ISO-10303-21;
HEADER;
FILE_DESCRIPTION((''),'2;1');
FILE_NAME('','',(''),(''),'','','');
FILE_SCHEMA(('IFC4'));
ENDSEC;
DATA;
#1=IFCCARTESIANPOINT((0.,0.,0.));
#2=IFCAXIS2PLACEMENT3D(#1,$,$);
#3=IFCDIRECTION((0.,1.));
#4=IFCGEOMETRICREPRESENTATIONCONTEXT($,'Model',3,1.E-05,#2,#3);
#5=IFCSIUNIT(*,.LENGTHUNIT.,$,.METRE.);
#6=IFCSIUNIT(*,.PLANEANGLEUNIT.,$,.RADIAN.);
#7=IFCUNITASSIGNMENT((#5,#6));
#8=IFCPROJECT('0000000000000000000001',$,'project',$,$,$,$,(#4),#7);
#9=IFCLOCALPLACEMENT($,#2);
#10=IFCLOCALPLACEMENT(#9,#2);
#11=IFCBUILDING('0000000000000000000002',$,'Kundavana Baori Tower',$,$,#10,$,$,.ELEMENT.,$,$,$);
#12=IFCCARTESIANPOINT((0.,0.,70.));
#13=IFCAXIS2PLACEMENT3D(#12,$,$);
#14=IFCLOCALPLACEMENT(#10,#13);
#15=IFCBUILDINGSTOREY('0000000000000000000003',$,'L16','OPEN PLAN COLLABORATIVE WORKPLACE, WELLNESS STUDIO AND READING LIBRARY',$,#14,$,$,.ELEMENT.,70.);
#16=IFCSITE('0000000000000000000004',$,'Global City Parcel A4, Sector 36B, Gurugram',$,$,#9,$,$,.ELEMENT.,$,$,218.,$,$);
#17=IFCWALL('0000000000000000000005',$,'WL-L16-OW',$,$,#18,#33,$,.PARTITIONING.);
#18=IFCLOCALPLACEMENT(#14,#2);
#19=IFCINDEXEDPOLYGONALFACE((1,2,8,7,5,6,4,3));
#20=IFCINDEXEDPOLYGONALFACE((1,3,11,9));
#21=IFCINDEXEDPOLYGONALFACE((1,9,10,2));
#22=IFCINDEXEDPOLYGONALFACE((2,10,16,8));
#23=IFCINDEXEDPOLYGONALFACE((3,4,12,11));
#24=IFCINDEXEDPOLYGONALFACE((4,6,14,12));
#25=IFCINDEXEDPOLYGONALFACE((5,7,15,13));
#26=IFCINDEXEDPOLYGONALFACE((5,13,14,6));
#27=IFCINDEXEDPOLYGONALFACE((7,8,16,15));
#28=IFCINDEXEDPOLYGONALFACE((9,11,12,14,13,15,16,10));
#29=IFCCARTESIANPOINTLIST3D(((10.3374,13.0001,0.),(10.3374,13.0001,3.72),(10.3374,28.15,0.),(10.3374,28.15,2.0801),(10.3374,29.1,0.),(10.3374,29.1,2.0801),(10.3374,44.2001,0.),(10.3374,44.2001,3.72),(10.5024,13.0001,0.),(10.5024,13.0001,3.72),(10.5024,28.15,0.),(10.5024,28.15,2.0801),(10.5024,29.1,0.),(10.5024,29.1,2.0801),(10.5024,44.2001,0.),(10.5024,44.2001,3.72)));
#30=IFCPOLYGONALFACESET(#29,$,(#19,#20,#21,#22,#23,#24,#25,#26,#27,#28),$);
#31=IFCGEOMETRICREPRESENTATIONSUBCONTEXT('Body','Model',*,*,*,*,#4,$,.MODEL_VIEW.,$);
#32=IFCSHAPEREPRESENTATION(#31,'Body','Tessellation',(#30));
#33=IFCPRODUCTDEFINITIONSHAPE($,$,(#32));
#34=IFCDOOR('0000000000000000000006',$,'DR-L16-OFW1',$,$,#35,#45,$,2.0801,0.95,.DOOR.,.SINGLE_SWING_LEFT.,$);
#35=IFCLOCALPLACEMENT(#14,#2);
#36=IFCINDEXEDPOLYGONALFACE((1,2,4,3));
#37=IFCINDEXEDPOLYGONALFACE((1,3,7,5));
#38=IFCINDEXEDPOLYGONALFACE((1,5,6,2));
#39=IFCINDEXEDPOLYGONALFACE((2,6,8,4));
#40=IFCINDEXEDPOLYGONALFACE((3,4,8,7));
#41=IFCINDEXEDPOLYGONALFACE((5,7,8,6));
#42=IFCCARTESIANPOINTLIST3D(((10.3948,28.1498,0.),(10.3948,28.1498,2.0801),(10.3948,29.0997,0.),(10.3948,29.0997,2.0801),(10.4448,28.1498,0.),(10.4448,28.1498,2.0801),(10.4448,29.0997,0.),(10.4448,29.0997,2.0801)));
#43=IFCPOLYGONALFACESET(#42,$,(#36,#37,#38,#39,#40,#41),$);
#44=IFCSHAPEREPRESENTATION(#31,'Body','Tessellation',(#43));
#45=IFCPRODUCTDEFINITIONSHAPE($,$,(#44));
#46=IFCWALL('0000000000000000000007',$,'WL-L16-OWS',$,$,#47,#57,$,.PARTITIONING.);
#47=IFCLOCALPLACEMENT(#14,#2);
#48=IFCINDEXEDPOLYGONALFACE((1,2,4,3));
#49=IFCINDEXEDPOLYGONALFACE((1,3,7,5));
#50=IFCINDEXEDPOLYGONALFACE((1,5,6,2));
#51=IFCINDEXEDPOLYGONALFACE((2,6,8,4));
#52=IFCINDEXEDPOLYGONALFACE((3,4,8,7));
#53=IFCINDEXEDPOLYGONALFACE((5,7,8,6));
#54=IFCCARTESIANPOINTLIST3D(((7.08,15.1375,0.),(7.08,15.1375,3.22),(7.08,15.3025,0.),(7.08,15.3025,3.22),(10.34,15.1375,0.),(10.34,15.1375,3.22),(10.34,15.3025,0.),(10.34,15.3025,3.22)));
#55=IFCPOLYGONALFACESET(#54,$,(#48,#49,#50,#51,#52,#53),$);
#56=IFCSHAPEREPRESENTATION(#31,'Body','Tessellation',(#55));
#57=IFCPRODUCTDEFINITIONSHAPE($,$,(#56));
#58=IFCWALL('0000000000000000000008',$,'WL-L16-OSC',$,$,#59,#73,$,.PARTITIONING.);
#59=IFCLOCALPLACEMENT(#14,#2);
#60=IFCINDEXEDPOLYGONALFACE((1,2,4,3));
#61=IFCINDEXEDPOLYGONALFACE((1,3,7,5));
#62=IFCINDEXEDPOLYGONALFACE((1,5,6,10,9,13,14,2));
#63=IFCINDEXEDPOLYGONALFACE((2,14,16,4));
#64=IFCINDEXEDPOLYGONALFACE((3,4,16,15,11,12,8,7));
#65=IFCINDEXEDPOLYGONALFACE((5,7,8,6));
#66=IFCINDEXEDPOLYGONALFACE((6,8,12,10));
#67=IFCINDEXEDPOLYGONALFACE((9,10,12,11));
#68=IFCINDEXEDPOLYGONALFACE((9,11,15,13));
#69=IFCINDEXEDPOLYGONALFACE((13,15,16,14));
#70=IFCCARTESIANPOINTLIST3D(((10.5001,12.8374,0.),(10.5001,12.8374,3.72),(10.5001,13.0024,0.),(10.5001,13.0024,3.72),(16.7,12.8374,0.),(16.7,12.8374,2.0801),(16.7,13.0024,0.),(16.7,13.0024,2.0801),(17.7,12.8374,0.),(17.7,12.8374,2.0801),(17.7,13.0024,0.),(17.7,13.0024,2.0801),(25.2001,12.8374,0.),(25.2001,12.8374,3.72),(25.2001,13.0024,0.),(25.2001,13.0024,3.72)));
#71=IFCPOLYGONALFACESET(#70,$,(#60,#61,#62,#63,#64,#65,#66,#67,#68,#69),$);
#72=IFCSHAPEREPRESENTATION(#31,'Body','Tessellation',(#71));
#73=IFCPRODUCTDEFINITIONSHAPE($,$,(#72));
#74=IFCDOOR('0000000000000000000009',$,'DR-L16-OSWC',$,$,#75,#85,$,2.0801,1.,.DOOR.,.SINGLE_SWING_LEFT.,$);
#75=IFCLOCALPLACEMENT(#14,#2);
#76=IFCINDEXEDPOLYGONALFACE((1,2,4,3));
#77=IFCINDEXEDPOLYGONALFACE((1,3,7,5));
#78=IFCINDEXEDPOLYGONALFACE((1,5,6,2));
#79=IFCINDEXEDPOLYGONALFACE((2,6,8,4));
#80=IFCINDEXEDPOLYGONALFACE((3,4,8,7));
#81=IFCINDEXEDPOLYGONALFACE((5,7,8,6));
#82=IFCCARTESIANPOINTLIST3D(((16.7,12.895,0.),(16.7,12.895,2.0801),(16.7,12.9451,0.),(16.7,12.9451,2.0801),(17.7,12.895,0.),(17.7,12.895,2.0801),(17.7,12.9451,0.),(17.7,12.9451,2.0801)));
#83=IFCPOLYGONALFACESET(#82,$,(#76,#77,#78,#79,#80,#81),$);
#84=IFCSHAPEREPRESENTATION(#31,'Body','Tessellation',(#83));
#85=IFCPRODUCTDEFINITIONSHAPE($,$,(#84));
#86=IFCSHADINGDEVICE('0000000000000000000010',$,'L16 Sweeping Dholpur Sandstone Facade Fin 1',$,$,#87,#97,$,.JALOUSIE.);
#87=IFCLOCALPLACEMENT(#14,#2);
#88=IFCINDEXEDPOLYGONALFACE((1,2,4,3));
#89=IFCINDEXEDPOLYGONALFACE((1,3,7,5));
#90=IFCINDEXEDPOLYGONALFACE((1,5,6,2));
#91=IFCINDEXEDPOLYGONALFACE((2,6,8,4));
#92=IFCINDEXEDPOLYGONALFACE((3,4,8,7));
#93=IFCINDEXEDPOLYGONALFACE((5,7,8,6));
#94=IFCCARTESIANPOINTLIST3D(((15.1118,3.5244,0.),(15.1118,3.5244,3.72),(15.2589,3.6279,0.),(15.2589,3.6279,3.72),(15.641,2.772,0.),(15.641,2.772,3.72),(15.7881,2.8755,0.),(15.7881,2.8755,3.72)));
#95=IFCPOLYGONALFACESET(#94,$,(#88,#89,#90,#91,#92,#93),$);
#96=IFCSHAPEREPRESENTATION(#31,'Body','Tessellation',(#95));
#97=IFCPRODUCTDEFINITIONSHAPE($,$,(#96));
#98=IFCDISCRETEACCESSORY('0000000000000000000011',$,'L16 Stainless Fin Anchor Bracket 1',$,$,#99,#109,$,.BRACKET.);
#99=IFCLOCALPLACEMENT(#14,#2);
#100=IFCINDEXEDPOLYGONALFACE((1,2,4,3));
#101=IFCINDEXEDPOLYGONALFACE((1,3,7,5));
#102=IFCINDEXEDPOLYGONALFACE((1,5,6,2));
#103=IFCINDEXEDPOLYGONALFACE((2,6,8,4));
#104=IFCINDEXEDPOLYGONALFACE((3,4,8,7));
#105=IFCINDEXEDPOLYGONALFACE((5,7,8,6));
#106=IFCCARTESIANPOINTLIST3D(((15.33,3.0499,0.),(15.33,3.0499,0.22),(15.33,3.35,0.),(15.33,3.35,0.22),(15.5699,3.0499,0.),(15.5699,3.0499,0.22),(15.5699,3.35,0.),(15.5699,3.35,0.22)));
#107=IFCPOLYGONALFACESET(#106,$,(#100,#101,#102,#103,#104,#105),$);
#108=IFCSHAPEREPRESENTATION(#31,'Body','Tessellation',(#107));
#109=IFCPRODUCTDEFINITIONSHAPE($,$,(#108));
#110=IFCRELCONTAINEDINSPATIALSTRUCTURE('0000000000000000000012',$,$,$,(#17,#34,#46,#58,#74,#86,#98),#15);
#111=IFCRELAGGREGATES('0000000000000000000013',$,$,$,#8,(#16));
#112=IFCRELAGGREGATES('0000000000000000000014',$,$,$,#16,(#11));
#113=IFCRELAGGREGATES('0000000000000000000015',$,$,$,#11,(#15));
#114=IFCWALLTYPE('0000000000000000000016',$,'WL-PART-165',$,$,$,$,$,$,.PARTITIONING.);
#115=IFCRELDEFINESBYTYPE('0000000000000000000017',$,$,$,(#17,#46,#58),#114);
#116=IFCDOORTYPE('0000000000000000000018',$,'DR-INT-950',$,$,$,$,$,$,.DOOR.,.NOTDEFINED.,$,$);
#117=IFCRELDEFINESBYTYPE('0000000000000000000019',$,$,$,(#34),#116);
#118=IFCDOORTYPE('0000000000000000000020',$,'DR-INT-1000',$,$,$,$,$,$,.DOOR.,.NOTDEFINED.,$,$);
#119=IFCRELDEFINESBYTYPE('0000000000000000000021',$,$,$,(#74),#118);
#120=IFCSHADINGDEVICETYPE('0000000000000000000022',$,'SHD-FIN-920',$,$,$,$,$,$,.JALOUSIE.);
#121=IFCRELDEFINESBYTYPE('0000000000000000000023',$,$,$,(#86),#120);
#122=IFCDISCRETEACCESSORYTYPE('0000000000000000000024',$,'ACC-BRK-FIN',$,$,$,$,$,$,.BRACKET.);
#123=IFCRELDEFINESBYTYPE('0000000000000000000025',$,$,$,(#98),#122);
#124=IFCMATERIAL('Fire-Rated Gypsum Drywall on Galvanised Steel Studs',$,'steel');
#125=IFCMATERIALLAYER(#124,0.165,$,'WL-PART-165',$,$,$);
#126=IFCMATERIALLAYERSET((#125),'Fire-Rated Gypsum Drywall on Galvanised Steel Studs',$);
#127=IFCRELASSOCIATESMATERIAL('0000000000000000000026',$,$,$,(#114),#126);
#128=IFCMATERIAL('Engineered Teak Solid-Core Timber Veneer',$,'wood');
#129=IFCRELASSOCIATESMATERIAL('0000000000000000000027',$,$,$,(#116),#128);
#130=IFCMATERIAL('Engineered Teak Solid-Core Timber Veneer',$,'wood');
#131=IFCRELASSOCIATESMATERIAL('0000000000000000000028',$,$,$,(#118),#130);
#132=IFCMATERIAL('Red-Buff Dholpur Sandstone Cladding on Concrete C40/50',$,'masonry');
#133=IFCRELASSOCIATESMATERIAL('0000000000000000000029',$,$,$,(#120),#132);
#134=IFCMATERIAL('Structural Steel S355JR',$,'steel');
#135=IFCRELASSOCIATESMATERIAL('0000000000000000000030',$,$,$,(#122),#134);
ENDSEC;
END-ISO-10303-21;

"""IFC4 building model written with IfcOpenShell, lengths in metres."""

from ifc_helpers import new_model, si_unit, direction, frame, frame_2d, origin, origin_2d, place, context, subcontext, project, spatial, rectangle, extrude, material, layer, layer_set, type_object, element, fill, save


model = new_model("IFC4")

# Units and contexts
model_context = context("Model", 3, precision=1e-05, world=origin(), true_north=direction((0.0, 1.0)))
body_context = subcontext(model_context, "Body", "Model", "MODEL_VIEW")
ifc_project = project(units=[si_unit("LENGTHUNIT", "METRE"), si_unit("PLANEANGLEUNIT", "RADIAN")], contexts=[model_context])

# Site, building, storey
site_placement = place(None, origin())
site = spatial("IfcSite", under=ifc_project, at=site_placement, Name="Global City Parcel A4, Sector 36B, Gurugram", CompositionType="ELEMENT", RefElevation=218.0)
building_placement = place(site_placement, origin())
building = spatial("IfcBuilding", under=site, at=building_placement, Name="Kundavana Baori Tower", CompositionType="ELEMENT")
storey_placement = place(building_placement, frame((0.0, 0.0, 70.0)))
storey = spatial("IfcBuildingStorey", under=building, at=storey_placement, Name="L16", Description="OPEN PLAN COLLABORATIVE WORKPLACE, WELLNESS STUDIO AND READING LIBRARY", CompositionType="ELEMENT", Elevation=70.0)

# Wall, opening, door
ifc_material_1 = material(Name="Fire-Rated Gypsum Drywall on Galvanised Steel Studs", Category="steel")
ifc_layer_1 = layer(ifc_material_1, 0.165, Name="WL-PART-165")
ifc_layer_set_1 = layer_set([ifc_layer_1], Name="Fire-Rated Gypsum Drywall on Galvanised Steel Studs")
wall_type_1 = type_object("IfcWallType", Name="WL-PART-165", PredefinedType="PARTITIONING", material=ifc_layer_set_1)
wall_1_placement = place(storey_placement, frame((10.4199, 13.0, 0.0), z_axis=(0.0, 0.0, 1.0), x_axis=(0.0, 1.0, 0.0)))
wall_1 = element("IfcWall", 1, at=wall_1_placement, inside=storey, type_object=wall_type_1, Name="WL-L16-OW", PredefinedType="PARTITIONING", context=body_context, shape_type="SweptSolid", body=[
    extrude(rectangle(XDim=31.2, YDim=0.165, at=frame_2d((15.6001, 0.0))), origin(), (0.0, 0.0, 1.0), 3.72),
])
opening_1_placement = place(wall_1_placement, frame((15.1499, 0.0, 0.0)))
opening_1 = element("IfcOpeningElement", 2, at=opening_1_placement, cuts=wall_1, PredefinedType="OPENING", context=body_context, shape_type="SweptSolid", body=[
    extrude(rectangle(XDim=0.95, YDim=2.0801, at=frame_2d((0.4751, 1.04))), frame((0.0, 0.0925, 0.0), z_axis=(0.0, -1.0, 0.0), x_axis=(1.0, 0.0, 0.0)), (0.0, 0.0, 1.0), 0.1851),
])
ifc_material_2 = material(Name="Engineered Teak Solid-Core Timber Veneer", Category="wood")
door_type_1 = type_object("IfcDoorType", Name="DR-INT-950", OperationType="NOTDEFINED", PredefinedType="DOOR", material=ifc_material_2)
door_1_placement = place(opening_1_placement, frame((0.95, 0.0, 0.0), z_axis=(0.0, 0.0, 1.0), x_axis=(-1.0, 0.0, 0.0)))
door_1 = element("IfcDoor", 3, at=door_1_placement, inside=storey, type_object=door_type_1, Name="DR-L16-OFW1", OperationType="SINGLE_SWING_LEFT", OverallHeight=2.0801, OverallWidth=0.95, PredefinedType="DOOR", context=body_context, shape_type="SweptSolid", body=[
    extrude(rectangle(XDim=0.95, YDim=2.0801, at=frame_2d((0.4751, 1.04))), frame((0.0, 0.0249, 0.0), z_axis=(0.0, -1.0, 0.0), x_axis=(1.0, 0.0, 0.0)), (0.0, 0.0, 1.0), 0.05),
])
fill(opening_1, door_1)

# Wall
wall_2_placement = place(storey_placement, frame((7.0801, 15.22, 0.0), z_axis=(0.0, 0.0, 1.0), x_axis=(1.0, 0.0, 0.0)))
element("IfcWall", 4, at=wall_2_placement, inside=storey, type_object=wall_type_1, Name="WL-L16-OWS", PredefinedType="PARTITIONING", context=body_context, shape_type="SweptSolid", body=[
    extrude(rectangle(XDim=3.26, YDim=0.165, at=frame_2d((1.6299, 0.0))), origin(), (0.0, 0.0, 1.0), 3.22),
])

# Wall, opening, door
wall_3_placement = place(storey_placement, frame((10.5, 12.9199, 0.0), z_axis=(0.0, 0.0, 1.0), x_axis=(1.0, 0.0, 0.0)))
wall_3 = element("IfcWall", 5, at=wall_3_placement, inside=storey, type_object=wall_type_1, Name="WL-L16-OSC", PredefinedType="PARTITIONING", context=body_context, shape_type="SweptSolid", body=[
    extrude(rectangle(XDim=14.7, YDim=0.165, at=frame_2d((7.3501, 0.0))), origin(), (0.0, 0.0, 1.0), 3.72),
])
opening_2_placement = place(wall_3_placement, frame((6.2, 0.0, 0.0)))
opening_2 = element("IfcOpeningElement", 6, at=opening_2_placement, cuts=wall_3, PredefinedType="OPENING", context=body_context, shape_type="SweptSolid", body=[
    extrude(rectangle(XDim=1.0, YDim=2.0801, at=frame_2d((0.5, 1.04))), frame((0.0, 0.0925, 0.0), z_axis=(0.0, -1.0, 0.0), x_axis=(1.0, 0.0, 0.0)), (0.0, 0.0, 1.0), 0.1851),
])
ifc_material_3 = material(Name="Engineered Teak Solid-Core Timber Veneer", Category="wood")
door_type_2 = type_object("IfcDoorType", Name="DR-INT-1000", OperationType="NOTDEFINED", PredefinedType="DOOR", material=ifc_material_3)
door_2_placement = place(opening_2_placement, frame((1.0, 0.0, 0.0), z_axis=(0.0, 0.0, 1.0), x_axis=(-1.0, 0.0, 0.0)))
door_2 = element("IfcDoor", 7, at=door_2_placement, inside=storey, type_object=door_type_2, Name="DR-L16-OSWC", OperationType="SINGLE_SWING_LEFT", OverallHeight=2.0801, OverallWidth=1.0, PredefinedType="DOOR", context=body_context, shape_type="SweptSolid", body=[
    extrude(rectangle(XDim=1.0, YDim=2.0801, at=frame_2d((0.5, 1.04))), frame((0.0, 0.0249, 0.0), z_axis=(0.0, -1.0, 0.0), x_axis=(1.0, 0.0, 0.0)), (0.0, 0.0, 1.0), 0.05),
])
fill(opening_2, door_2)

# Shading device
ifc_material_4 = material(Name="Red-Buff Dholpur Sandstone Cladding on Concrete C40/50", Category="masonry")
shading_device_type = type_object("IfcShadingDeviceType", Name="SHD-FIN-920", PredefinedType="JALOUSIE", material=ifc_material_4)
shading_device_placement = place(storey_placement, frame((15.45, 3.2, 0.0), z_axis=(0.0, 0.0, 1.0), x_axis=(0.817949, 0.575291, 0.0)))
element("IfcShadingDevice", 8, at=shading_device_placement, inside=storey, type_object=shading_device_type, Name="L16 Sweeping Dholpur Sandstone Facade Fin 1", PredefinedType="JALOUSIE", context=body_context, shape_type="SweptSolid", body=[
    extrude(rectangle(XDim=0.1799, YDim=0.9199, at=origin_2d()), origin(), (0.0, 0.0, 1.0), 3.72),
])

# Discrete accessory
ifc_material_5 = material(Name="Structural Steel S355JR", Category="steel")
discrete_accessory_type = type_object("IfcDiscreteAccessoryType", Name="ACC-BRK-FIN", PredefinedType="BRACKET", material=ifc_material_5)
discrete_accessory_placement = place(storey_placement, frame((15.45, 3.2, 0.0), z_axis=(0.0, 0.0, 1.0), x_axis=(1.0, 0.0, 0.0)))
element("IfcDiscreteAccessory", 9, at=discrete_accessory_placement, inside=storey, type_object=discrete_accessory_type, Name="L16 Stainless Fin Anchor Bracket 1", PredefinedType="BRACKET", context=body_context, shape_type="SweptSolid", body=[
    extrude(rectangle(XDim=0.24, YDim=0.3, at=origin_2d()), origin(), (0.0, 0.0, 1.0), 0.22),
])

save(model, "model.ifc")
